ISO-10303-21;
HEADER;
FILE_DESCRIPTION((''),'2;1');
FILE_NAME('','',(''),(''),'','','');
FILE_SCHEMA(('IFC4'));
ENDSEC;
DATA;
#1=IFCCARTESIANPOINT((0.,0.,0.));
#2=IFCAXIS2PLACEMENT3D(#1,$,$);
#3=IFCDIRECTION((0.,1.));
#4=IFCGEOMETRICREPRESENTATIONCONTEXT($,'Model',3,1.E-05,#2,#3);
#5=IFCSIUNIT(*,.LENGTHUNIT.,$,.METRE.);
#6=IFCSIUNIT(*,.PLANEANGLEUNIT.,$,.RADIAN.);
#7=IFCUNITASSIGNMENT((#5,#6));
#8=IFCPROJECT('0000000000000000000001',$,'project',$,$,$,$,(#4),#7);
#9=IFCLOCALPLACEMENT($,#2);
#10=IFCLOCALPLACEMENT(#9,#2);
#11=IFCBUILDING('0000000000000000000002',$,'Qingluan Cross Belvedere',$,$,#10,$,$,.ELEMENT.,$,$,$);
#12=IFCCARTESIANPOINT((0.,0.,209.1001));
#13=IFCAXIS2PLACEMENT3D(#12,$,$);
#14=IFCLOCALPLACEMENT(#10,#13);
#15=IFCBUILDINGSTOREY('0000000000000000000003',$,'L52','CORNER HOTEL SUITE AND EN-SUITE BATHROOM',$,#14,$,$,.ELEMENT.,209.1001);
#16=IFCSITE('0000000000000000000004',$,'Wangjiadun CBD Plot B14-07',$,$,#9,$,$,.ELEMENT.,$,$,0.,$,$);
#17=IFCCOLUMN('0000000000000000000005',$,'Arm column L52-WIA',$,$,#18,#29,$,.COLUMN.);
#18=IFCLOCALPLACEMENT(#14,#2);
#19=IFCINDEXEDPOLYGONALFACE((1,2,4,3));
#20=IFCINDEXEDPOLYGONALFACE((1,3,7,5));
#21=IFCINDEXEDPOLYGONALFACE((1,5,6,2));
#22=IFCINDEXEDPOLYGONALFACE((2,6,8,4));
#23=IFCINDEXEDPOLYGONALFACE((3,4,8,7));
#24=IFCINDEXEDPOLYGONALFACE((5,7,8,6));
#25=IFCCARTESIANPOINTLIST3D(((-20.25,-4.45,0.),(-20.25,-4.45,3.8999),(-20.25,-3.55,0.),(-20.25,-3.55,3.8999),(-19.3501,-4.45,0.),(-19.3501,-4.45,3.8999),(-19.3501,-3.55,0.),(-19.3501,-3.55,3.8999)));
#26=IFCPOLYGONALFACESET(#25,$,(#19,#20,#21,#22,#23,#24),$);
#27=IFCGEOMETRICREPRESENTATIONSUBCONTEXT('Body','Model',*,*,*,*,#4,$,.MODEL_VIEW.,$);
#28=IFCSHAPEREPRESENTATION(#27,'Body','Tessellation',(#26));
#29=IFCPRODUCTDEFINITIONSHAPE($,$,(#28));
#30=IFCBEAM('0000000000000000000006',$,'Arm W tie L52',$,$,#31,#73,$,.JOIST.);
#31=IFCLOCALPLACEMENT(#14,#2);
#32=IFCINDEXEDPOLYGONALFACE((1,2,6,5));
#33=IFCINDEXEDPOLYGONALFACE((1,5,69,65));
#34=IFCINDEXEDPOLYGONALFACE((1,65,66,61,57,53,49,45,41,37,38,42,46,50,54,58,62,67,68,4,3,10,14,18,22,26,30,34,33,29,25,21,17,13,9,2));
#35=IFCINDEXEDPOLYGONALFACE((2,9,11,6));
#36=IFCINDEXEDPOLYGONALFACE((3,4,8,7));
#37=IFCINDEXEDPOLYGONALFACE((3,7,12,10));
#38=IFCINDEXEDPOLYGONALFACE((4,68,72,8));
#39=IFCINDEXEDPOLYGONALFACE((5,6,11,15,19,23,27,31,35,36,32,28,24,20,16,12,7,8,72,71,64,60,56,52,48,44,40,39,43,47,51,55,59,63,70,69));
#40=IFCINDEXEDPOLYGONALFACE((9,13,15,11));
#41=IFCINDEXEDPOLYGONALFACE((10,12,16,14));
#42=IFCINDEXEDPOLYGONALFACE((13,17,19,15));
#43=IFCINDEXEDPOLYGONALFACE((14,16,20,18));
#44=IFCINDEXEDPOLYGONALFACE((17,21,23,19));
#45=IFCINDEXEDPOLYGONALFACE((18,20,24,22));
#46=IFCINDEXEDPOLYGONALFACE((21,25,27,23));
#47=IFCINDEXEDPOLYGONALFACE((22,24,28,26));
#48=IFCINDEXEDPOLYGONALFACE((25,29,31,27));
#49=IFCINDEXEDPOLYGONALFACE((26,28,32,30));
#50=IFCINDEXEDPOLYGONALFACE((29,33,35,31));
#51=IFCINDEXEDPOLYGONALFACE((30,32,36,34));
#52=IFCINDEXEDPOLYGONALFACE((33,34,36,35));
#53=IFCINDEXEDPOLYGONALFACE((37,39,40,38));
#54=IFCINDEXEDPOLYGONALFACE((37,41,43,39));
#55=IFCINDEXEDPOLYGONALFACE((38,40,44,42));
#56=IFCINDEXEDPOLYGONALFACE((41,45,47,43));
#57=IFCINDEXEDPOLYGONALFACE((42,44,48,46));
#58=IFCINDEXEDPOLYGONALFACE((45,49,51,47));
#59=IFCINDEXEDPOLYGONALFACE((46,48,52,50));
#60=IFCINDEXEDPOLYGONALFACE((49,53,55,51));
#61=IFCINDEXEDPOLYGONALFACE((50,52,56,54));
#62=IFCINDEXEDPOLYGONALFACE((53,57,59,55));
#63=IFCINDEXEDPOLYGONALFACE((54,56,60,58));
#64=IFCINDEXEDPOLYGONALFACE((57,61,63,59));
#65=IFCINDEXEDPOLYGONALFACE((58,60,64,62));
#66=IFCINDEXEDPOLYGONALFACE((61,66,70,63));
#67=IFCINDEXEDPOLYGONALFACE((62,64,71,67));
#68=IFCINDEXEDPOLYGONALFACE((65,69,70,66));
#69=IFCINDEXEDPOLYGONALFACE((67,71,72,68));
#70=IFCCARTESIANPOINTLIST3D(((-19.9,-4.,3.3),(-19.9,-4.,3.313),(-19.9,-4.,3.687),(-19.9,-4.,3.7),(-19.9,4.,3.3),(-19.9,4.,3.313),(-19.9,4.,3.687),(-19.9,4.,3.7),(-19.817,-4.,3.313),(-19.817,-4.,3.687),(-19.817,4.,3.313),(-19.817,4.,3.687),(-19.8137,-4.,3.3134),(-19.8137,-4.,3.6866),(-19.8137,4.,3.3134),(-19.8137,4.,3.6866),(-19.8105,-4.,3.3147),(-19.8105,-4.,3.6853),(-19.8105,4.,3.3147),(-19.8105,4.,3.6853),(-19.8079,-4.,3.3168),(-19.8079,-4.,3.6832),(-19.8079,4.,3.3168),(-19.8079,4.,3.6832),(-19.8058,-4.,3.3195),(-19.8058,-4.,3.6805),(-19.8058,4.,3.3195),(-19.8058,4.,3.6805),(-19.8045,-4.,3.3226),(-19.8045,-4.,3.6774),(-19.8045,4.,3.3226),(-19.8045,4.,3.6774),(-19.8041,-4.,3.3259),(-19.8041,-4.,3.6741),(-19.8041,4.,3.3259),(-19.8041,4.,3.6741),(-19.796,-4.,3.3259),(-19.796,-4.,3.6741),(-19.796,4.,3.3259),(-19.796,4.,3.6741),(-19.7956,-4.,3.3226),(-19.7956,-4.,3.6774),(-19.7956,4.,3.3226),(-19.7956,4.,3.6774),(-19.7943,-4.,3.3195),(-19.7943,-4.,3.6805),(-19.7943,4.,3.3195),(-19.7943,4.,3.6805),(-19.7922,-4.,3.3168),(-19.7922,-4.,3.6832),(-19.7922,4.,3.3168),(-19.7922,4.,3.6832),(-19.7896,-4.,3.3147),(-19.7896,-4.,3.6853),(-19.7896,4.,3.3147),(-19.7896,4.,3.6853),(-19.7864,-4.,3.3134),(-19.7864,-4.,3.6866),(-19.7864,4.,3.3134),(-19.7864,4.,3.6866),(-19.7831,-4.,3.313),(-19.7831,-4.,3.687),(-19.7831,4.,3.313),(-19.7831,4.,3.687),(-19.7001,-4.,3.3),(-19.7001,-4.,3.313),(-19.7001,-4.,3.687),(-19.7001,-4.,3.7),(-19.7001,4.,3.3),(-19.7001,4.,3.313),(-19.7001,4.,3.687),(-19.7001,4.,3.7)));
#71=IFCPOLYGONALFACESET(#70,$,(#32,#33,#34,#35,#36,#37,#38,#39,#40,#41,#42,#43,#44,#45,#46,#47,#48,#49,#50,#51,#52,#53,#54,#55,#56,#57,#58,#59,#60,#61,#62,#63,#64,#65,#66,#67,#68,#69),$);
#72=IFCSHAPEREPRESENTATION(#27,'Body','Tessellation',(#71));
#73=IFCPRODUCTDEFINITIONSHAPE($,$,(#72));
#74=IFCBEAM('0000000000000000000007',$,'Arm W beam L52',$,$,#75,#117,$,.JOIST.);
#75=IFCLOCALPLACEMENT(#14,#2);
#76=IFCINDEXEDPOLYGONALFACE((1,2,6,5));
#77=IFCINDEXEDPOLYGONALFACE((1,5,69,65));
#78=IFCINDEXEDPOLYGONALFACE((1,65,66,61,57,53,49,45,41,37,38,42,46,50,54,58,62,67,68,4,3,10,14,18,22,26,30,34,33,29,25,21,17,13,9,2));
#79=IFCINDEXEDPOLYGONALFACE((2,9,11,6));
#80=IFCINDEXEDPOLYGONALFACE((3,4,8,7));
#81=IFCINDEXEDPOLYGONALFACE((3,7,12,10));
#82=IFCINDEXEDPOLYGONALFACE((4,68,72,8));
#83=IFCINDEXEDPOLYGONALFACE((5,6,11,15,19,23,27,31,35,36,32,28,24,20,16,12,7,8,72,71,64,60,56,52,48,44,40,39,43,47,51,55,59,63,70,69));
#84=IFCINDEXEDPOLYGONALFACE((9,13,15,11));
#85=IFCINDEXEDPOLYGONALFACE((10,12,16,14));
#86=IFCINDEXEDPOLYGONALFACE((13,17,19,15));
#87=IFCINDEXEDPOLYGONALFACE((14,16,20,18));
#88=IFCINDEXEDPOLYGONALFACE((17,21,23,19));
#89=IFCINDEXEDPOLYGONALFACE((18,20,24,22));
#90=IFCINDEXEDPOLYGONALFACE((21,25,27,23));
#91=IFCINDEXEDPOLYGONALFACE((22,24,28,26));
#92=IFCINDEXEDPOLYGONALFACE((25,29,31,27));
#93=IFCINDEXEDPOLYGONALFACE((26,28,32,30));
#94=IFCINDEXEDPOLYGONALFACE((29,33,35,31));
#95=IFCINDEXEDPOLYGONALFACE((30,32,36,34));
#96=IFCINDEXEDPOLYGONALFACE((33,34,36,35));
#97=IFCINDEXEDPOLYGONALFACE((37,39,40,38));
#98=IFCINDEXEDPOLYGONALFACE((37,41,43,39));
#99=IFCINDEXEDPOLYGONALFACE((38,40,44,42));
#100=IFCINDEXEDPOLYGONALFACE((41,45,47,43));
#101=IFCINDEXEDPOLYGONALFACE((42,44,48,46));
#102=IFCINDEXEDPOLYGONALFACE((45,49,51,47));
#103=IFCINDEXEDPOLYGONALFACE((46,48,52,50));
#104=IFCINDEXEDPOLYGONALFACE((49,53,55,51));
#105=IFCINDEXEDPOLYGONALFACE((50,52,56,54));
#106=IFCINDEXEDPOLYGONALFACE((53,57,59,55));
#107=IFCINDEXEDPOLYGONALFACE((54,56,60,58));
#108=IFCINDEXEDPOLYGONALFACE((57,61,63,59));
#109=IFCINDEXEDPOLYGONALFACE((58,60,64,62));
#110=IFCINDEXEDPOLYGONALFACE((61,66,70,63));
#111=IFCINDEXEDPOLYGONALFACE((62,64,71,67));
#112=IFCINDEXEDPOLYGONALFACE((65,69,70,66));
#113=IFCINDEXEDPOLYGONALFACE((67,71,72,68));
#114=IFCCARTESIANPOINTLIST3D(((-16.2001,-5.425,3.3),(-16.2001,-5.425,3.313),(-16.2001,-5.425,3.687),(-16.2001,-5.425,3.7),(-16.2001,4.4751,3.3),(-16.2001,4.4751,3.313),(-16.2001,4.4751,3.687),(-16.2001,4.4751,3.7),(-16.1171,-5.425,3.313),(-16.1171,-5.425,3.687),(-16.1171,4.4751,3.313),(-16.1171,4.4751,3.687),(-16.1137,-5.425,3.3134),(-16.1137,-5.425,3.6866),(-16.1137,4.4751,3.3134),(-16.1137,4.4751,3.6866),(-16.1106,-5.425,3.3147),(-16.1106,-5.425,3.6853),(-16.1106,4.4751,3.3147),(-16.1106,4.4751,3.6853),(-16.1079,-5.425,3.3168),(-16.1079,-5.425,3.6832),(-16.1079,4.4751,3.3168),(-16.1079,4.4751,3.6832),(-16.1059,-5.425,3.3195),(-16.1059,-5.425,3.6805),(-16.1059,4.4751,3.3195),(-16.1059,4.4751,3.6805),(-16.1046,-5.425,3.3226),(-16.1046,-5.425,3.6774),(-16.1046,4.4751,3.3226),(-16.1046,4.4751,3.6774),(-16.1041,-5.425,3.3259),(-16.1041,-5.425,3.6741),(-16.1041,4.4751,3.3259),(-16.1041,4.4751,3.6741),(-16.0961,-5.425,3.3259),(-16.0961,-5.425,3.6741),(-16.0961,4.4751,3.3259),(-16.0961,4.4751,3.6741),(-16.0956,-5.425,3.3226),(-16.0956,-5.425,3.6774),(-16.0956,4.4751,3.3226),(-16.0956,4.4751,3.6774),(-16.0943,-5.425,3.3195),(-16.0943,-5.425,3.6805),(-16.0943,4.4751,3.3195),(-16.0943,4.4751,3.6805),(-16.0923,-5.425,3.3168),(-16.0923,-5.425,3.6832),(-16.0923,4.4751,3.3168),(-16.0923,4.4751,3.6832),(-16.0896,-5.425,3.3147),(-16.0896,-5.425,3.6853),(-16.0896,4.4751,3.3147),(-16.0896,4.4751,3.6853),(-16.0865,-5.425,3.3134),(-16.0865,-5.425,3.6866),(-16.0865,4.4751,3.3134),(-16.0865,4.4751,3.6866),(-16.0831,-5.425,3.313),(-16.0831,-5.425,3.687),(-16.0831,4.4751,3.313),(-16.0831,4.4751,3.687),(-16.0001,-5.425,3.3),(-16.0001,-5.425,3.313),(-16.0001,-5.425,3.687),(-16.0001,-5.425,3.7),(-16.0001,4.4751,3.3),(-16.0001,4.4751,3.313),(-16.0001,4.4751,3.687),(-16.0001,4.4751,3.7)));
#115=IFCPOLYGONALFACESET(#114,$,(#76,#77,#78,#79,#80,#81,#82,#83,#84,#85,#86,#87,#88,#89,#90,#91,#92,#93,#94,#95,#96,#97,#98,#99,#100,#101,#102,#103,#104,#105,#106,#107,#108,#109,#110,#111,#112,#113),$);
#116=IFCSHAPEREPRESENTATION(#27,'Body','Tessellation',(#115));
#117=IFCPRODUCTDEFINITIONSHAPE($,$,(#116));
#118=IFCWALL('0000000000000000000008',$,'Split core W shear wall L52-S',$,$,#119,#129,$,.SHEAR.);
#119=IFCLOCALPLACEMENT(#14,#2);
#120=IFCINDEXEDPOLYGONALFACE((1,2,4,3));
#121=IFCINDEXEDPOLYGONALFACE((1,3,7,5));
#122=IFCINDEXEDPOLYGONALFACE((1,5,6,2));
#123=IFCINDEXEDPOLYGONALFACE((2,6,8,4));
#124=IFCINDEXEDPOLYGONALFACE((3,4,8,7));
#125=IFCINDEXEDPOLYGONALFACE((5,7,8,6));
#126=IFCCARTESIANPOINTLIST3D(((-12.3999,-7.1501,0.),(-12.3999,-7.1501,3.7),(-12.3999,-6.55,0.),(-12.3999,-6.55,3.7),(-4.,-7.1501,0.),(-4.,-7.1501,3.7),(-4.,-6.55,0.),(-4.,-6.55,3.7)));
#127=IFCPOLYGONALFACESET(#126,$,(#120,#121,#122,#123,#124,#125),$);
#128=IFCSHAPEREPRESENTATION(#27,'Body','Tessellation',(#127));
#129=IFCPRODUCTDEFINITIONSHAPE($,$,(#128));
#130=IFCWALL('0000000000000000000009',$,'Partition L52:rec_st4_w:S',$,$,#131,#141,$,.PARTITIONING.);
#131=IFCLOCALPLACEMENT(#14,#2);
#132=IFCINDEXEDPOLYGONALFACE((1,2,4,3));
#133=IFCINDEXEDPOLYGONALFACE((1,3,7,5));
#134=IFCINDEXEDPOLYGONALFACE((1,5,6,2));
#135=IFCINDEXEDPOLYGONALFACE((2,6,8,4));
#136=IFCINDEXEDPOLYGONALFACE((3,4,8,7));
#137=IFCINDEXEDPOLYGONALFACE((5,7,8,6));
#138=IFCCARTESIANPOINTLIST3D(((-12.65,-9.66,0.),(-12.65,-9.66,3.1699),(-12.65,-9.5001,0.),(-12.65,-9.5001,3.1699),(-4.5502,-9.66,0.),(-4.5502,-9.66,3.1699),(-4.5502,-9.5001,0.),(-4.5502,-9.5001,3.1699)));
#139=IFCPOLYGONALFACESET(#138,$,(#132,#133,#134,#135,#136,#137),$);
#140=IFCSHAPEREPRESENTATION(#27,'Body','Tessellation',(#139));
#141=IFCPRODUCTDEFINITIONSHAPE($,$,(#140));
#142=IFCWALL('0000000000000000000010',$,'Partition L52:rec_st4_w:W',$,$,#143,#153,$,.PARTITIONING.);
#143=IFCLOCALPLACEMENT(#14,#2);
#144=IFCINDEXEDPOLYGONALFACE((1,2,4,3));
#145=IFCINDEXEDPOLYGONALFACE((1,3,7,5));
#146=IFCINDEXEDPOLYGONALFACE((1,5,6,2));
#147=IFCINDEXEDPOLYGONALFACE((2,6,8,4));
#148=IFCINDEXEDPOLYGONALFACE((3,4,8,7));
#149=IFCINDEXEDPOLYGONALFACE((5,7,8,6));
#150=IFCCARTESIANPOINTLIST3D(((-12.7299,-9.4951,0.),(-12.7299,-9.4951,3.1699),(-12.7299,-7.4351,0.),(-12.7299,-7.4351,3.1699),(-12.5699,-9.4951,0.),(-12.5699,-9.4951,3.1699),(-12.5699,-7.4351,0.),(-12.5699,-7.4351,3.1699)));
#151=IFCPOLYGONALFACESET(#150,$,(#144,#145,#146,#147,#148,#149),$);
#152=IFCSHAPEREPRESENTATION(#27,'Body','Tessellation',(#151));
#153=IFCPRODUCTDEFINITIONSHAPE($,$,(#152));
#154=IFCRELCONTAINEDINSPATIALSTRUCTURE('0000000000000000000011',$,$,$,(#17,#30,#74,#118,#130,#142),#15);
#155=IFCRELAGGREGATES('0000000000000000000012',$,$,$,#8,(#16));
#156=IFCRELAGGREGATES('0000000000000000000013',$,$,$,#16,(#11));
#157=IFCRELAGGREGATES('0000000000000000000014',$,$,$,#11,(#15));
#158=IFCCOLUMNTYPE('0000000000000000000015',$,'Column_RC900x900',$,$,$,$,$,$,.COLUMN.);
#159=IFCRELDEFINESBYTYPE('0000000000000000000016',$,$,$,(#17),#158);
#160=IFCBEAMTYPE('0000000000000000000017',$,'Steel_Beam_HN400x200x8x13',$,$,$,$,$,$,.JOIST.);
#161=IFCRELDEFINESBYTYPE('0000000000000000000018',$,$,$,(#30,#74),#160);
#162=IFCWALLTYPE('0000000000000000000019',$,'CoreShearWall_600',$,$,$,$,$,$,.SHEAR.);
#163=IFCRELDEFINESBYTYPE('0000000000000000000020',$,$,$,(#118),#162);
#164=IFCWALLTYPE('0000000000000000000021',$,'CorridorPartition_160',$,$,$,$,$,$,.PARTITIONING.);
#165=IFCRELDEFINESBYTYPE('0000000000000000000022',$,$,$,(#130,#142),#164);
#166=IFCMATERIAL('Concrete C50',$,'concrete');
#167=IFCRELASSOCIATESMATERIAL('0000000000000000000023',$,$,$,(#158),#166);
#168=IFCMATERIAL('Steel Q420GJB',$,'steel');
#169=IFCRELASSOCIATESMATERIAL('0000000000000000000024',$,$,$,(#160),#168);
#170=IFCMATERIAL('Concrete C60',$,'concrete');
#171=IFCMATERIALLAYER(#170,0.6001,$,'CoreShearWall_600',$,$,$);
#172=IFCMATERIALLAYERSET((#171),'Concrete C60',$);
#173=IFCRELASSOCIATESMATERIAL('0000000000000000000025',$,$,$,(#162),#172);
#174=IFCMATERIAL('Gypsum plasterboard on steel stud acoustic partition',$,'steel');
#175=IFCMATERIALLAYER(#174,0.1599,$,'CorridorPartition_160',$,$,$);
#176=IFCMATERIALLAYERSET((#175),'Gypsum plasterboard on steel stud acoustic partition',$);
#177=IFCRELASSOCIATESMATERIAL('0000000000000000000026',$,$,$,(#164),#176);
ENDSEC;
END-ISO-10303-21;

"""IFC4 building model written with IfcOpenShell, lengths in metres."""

from ifc_helpers import new_model, si_unit, direction, frame, frame_2d, origin, origin_2d, place, context, subcontext, project, spatial, rectangle, i_section, extrude, material, layer, layer_set, material_profile, profile_set, type_object, element, save


model = new_model("IFC4")

# Units and contexts
model_context = context("Model", 3, precision=1e-05, world=origin(), true_north=direction((0.0, 1.0)))
body_context = subcontext(model_context, "Body", "Model", "MODEL_VIEW")
ifc_project = project(units=[si_unit("LENGTHUNIT", "METRE"), si_unit("PLANEANGLEUNIT", "RADIAN")], contexts=[model_context])

# Site, building, storey
site_placement = place(None, origin())
site = spatial("IfcSite", under=ifc_project, at=site_placement, Name="Wangjiadun CBD Plot B14-07", CompositionType="ELEMENT", RefElevation=0.0)
building_placement = place(site_placement, origin())
building = spatial("IfcBuilding", under=site, at=building_placement, Name="Qingluan Cross Belvedere", CompositionType="ELEMENT")
storey_placement = place(building_placement, frame((0.0, 0.0, 209.1001)))
storey = spatial("IfcBuildingStorey", under=building, at=storey_placement, Name="L52", Description="CORNER HOTEL SUITE AND EN-SUITE BATHROOM", CompositionType="ELEMENT", Elevation=209.1001)

# Column
ifc_material_1 = material(Name="Concrete C50", Category="concrete")
ifc_material_profile_1 = material_profile(ifc_material_1, rectangle(XDim=0.8999, YDim=0.8999, at=origin_2d()), Name="RC900x900")
ifc_profile_set_1 = profile_set([ifc_material_profile_1], Name="Concrete C50")
column_type = type_object("IfcColumnType", Name="Column_RC900x900", PredefinedType="COLUMN", material=ifc_profile_set_1)
column_placement = place(storey_placement, frame((-19.8, -4.0, 0.0), z_axis=(0.0, 0.0, 1.0), x_axis=(1.0, 0.0, 0.0)))
element("IfcColumn", 1, at=column_placement, inside=storey, type_object=column_type, Name="Arm column L52-WIA", PredefinedType="COLUMN", context=body_context, shape_type="SweptSolid", body=[
    extrude(rectangle(XDim=0.8999, YDim=0.8999, at=origin_2d()), origin(), (0.0, 0.0, 1.0), 3.8999),
])

# Beams
ifc_material_2 = material(Name="Steel Q420GJB", Category="steel")
ifc_material_profile_2 = material_profile(ifc_material_2, i_section(OverallWidth=0.2, OverallDepth=0.3999, WebThickness=0.0081, FlangeThickness=0.0129, FilletRadius=0.0129, at=origin_2d()), Name="HN400x200x8x13")
ifc_profile_set_2 = profile_set([ifc_material_profile_2], Name="Steel Q420GJB")
beam_type = type_object("IfcBeamType", Name="Steel_Beam_HN400x200x8x13", PredefinedType="JOIST", material=ifc_profile_set_2)
beam_1_placement = place(storey_placement, frame((-19.8, -4.0, 3.5), z_axis=(0.0, 1.0, 0.0), x_axis=(-1.0, 0.0, 0.0)))
element("IfcBeam", 2, at=beam_1_placement, inside=storey, type_object=beam_type, Name="Arm W tie L52", PredefinedType="JOIST", context=body_context, shape_type="SweptSolid", body=[
    extrude(i_section(OverallWidth=0.2, OverallDepth=0.3999, WebThickness=0.0081, FlangeThickness=0.0129, FilletRadius=0.0129, at=origin_2d()), origin(), (0.0, 0.0, 1.0), 8.0),
])
beam_2_placement = place(storey_placement, frame((-16.1001, -5.425, 3.5), z_axis=(0.0, 1.0, 0.0), x_axis=(-1.0, 0.0, 0.0)))
element("IfcBeam", 3, at=beam_2_placement, inside=storey, type_object=beam_type, Name="Arm W beam L52", PredefinedType="JOIST", context=body_context, shape_type="SweptSolid", body=[
    extrude(i_section(OverallWidth=0.2, OverallDepth=0.3999, WebThickness=0.0081, FlangeThickness=0.0129, FilletRadius=0.0129, at=origin_2d()), origin(), (0.0, 0.0, 1.0), 9.9001),
])

# Walls
ifc_material_3 = material(Name="Concrete C60", Category="concrete")
ifc_layer_1 = layer(ifc_material_3, 0.6001, Name="CoreShearWall_600")
ifc_layer_set_1 = layer_set([ifc_layer_1], Name="Concrete C60")
wall_type_1 = type_object("IfcWallType", Name="CoreShearWall_600", PredefinedType="SHEAR", material=ifc_layer_set_1)
wall_1_placement = place(storey_placement, frame((-12.3999, -6.8501, 0.0), z_axis=(0.0, 0.0, 1.0), x_axis=(1.0, 0.0, 0.0)))
element("IfcWall", 4, at=wall_1_placement, inside=storey, type_object=wall_type_1, Name="Split core W shear wall L52-S", PredefinedType="SHEAR", context=body_context, shape_type="SweptSolid", body=[
    extrude(rectangle(XDim=8.3999, YDim=0.6001, at=frame_2d((4.2, 0.0))), origin(), (0.0, 0.0, 1.0), 3.7),
])
ifc_material_4 = material(Name="Gypsum plasterboard on steel stud acoustic partition", Category="steel")
ifc_layer_2 = layer(ifc_material_4, 0.1599, Name="CorridorPartition_160")
ifc_layer_set_2 = layer_set([ifc_layer_2], Name="Gypsum plasterboard on steel stud acoustic partition")
wall_type_2 = type_object("IfcWallType", Name="CorridorPartition_160", PredefinedType="PARTITIONING", material=ifc_layer_set_2)
wall_2_placement = place(storey_placement, frame((-12.6499, -9.5801, 0.0), z_axis=(0.0, 0.0, 1.0), x_axis=(1.0, 0.0, 0.0)))
element("IfcWall", 5, at=wall_2_placement, inside=storey, type_object=wall_type_2, Name="Partition L52:rec_st4_w:S", PredefinedType="PARTITIONING", context=body_context, shape_type="SweptSolid", body=[
    extrude(rectangle(XDim=8.0999, YDim=0.1599, at=frame_2d((4.0498, 0.0))), origin(), (0.0, 0.0, 1.0), 3.1699),
])
wall_3_placement = place(storey_placement, frame((-12.6499, -9.4951, 0.0), z_axis=(0.0, 0.0, 1.0), x_axis=(0.0, 1.0, 0.0)))
element("IfcWall", 6, at=wall_3_placement, inside=storey, type_object=wall_type_2, Name="Partition L52:rec_st4_w:W", PredefinedType="PARTITIONING", context=body_context, shape_type="SweptSolid", body=[
    extrude(rectangle(XDim=2.0601, YDim=0.1599, at=frame_2d((1.03, 0.0))), origin(), (0.0, 0.0, 1.0), 3.1699),
])

save(model, "model.ifc")
